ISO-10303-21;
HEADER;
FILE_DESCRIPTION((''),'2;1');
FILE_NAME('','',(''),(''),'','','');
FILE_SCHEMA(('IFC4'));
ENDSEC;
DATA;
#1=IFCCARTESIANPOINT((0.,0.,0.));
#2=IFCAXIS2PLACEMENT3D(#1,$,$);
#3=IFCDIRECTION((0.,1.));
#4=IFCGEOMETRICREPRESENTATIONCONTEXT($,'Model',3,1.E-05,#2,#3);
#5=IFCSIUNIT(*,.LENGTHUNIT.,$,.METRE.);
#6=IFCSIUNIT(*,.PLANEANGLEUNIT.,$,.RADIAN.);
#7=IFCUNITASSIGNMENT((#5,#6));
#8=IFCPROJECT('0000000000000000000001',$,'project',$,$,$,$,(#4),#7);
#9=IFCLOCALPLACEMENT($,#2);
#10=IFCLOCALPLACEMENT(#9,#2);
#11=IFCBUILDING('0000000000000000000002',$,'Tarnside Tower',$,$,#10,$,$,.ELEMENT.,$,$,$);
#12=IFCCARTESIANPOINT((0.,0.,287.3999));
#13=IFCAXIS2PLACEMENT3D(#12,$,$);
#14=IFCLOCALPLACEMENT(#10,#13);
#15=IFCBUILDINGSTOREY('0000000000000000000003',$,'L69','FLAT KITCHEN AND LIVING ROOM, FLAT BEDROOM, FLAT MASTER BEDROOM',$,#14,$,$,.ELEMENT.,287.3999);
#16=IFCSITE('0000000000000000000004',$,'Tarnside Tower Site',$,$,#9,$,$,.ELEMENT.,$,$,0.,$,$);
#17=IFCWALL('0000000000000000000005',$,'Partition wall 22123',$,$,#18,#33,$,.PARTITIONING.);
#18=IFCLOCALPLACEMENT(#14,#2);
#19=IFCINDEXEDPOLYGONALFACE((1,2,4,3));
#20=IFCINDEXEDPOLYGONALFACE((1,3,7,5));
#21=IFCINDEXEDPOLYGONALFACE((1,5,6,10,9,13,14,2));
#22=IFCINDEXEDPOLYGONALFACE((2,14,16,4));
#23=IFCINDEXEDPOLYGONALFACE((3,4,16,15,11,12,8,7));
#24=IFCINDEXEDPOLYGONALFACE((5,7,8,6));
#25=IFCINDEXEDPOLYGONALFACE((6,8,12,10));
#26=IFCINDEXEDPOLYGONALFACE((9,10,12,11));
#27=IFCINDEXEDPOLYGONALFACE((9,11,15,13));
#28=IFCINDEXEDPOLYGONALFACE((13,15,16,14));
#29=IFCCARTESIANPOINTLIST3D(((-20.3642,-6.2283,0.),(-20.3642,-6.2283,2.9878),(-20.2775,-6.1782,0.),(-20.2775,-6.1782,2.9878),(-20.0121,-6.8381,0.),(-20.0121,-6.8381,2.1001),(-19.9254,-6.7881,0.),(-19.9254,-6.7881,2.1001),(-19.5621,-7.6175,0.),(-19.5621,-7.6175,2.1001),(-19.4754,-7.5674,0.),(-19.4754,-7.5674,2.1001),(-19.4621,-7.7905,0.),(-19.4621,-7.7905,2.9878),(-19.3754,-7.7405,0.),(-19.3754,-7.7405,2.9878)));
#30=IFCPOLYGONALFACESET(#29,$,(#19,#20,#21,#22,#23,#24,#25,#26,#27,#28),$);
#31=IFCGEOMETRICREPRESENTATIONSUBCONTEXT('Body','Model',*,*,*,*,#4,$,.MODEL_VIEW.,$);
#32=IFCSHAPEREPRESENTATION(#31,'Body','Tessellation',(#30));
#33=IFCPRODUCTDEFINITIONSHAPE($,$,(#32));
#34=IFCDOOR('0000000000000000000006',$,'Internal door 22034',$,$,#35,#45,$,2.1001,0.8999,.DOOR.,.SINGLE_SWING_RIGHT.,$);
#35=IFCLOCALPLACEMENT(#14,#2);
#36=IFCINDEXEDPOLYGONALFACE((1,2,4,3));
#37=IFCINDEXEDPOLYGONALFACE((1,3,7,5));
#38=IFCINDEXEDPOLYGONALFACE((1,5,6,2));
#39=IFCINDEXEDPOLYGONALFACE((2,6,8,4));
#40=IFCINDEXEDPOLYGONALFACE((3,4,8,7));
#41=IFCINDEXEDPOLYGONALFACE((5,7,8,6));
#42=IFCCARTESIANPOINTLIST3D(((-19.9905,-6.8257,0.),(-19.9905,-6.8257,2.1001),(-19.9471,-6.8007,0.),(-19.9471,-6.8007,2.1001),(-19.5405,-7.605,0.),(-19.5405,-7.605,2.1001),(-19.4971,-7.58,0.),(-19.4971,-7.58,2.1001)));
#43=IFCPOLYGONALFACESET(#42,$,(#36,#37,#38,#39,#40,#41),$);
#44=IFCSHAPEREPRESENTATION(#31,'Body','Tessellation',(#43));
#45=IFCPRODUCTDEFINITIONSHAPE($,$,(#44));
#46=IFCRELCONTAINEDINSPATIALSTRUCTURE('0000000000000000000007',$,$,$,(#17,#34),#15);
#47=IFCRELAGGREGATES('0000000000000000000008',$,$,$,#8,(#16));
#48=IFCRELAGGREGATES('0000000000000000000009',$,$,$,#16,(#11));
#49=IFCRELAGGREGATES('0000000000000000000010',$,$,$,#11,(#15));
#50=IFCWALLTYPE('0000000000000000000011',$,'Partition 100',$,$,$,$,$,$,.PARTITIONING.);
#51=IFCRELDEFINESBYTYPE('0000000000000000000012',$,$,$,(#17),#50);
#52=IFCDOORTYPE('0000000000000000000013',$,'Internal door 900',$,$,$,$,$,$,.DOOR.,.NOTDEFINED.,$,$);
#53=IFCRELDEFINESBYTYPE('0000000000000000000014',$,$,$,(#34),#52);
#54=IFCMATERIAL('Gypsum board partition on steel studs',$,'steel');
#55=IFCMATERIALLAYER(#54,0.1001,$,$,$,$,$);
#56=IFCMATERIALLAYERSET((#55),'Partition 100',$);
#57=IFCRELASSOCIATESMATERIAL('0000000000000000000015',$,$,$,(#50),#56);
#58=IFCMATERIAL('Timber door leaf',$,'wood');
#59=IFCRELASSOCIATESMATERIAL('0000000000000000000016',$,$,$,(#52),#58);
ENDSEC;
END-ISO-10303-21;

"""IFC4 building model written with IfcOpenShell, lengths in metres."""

from ifc_helpers import new_model, si_unit, direction, frame, frame_2d, origin, place, context, subcontext, project, spatial, rectangle, extrude, material, layer, layer_set, type_object, element, fill, save


model = new_model("IFC4")

# Units and contexts
model_context = context("Model", 3, precision=1e-05, world=origin(), true_north=direction((0.0, 1.0)))
body_context = subcontext(model_context, "Body", "Model", "MODEL_VIEW")
ifc_project = project(units=[si_unit("LENGTHUNIT", "METRE"), si_unit("PLANEANGLEUNIT", "RADIAN")], contexts=[model_context])

# Site, building, storey
site_placement = place(None, origin())
site = spatial("IfcSite", under=ifc_project, at=site_placement, Name="Tarnside Tower Site", CompositionType="ELEMENT", RefElevation=0.0)
building_placement = place(site_placement, origin())
building = spatial("IfcBuilding", under=site, at=building_placement, Name="Tarnside Tower", CompositionType="ELEMENT")
storey_placement = place(building_placement, frame((0.0, 0.0, 287.3999)))
storey = spatial("IfcBuildingStorey", under=building, at=storey_placement, Name="L69", Description="FLAT KITCHEN AND LIVING ROOM, FLAT BEDROOM, FLAT MASTER BEDROOM", CompositionType="ELEMENT", Elevation=287.3999)

# Shared definitions
ifc_material_1 = material(Name="Gypsum board partition on steel studs", Category="steel")
ifc_material_2 = material(Name="Timber door leaf", Category="wood")

# Wall, opening, door
ifc_layer_1 = layer(ifc_material_1, 0.1001)
ifc_layer_set_1 = layer_set([ifc_layer_1], Name="Partition 100")
wall_type_1 = type_object("IfcWallType", Name="Partition 100", PredefinedType="PARTITIONING", material=ifc_layer_set_1)
wall_1_placement = place(storey_placement, frame((-20.3208, -6.2034, 0.0), z_axis=(0.0, 0.0, 1.0), x_axis=(0.500054, -0.865994, 0.0)))
wall_1 = element("IfcWall", 1, at=wall_1_placement, inside=storey, type_object=wall_type_1, Name="Partition wall 22123", PredefinedType="PARTITIONING", context=body_context, shape_type="SweptSolid", body=[
    extrude(rectangle(XDim=1.804, YDim=0.1001, at=frame_2d((0.9019, 0.0))), origin(), (0.0, 0.0, 1.0), 2.9878),
])
opening_1_placement = place(wall_1_placement, frame((0.7041, 0.0, 0.0)))
opening_1 = element("IfcOpeningElement", 2, at=opening_1_placement, cuts=wall_1, PredefinedType="OPENING", context=body_context, shape_type="SweptSolid", body=[
    extrude(rectangle(XDim=0.8999, YDim=2.1001, at=frame_2d((0.45, 1.05))), frame((0.0, 0.0601, 0.0), z_axis=(0.0, -1.0, 0.0), x_axis=(1.0, 0.0, 0.0)), (0.0, 0.0, 1.0), 0.1201),
])
door_type_1 = type_object("IfcDoorType", Name="Internal door 900", OperationType="NOTDEFINED", PredefinedType="DOOR", material=ifc_material_2)
door_1_placement = place(opening_1_placement, origin())
door_1 = element("IfcDoor", 3, at=door_1_placement, inside=storey, type_object=door_type_1, Name="Internal door 22034", OperationType="SINGLE_SWING_RIGHT", OverallHeight=2.1001, OverallWidth=0.8999, PredefinedType="DOOR", context=body_context, shape_type="SweptSolid", body=[
    extrude(rectangle(XDim=0.8999, YDim=2.1001, at=frame_2d((0.45, 1.05))), frame((0.0, 0.0249, 0.0), z_axis=(0.0, -1.0, 0.0), x_axis=(1.0, 0.0, 0.0)), (0.0, 0.0, 1.0), 0.05),
])
fill(opening_1, door_1)

save(model, "model.ifc")
